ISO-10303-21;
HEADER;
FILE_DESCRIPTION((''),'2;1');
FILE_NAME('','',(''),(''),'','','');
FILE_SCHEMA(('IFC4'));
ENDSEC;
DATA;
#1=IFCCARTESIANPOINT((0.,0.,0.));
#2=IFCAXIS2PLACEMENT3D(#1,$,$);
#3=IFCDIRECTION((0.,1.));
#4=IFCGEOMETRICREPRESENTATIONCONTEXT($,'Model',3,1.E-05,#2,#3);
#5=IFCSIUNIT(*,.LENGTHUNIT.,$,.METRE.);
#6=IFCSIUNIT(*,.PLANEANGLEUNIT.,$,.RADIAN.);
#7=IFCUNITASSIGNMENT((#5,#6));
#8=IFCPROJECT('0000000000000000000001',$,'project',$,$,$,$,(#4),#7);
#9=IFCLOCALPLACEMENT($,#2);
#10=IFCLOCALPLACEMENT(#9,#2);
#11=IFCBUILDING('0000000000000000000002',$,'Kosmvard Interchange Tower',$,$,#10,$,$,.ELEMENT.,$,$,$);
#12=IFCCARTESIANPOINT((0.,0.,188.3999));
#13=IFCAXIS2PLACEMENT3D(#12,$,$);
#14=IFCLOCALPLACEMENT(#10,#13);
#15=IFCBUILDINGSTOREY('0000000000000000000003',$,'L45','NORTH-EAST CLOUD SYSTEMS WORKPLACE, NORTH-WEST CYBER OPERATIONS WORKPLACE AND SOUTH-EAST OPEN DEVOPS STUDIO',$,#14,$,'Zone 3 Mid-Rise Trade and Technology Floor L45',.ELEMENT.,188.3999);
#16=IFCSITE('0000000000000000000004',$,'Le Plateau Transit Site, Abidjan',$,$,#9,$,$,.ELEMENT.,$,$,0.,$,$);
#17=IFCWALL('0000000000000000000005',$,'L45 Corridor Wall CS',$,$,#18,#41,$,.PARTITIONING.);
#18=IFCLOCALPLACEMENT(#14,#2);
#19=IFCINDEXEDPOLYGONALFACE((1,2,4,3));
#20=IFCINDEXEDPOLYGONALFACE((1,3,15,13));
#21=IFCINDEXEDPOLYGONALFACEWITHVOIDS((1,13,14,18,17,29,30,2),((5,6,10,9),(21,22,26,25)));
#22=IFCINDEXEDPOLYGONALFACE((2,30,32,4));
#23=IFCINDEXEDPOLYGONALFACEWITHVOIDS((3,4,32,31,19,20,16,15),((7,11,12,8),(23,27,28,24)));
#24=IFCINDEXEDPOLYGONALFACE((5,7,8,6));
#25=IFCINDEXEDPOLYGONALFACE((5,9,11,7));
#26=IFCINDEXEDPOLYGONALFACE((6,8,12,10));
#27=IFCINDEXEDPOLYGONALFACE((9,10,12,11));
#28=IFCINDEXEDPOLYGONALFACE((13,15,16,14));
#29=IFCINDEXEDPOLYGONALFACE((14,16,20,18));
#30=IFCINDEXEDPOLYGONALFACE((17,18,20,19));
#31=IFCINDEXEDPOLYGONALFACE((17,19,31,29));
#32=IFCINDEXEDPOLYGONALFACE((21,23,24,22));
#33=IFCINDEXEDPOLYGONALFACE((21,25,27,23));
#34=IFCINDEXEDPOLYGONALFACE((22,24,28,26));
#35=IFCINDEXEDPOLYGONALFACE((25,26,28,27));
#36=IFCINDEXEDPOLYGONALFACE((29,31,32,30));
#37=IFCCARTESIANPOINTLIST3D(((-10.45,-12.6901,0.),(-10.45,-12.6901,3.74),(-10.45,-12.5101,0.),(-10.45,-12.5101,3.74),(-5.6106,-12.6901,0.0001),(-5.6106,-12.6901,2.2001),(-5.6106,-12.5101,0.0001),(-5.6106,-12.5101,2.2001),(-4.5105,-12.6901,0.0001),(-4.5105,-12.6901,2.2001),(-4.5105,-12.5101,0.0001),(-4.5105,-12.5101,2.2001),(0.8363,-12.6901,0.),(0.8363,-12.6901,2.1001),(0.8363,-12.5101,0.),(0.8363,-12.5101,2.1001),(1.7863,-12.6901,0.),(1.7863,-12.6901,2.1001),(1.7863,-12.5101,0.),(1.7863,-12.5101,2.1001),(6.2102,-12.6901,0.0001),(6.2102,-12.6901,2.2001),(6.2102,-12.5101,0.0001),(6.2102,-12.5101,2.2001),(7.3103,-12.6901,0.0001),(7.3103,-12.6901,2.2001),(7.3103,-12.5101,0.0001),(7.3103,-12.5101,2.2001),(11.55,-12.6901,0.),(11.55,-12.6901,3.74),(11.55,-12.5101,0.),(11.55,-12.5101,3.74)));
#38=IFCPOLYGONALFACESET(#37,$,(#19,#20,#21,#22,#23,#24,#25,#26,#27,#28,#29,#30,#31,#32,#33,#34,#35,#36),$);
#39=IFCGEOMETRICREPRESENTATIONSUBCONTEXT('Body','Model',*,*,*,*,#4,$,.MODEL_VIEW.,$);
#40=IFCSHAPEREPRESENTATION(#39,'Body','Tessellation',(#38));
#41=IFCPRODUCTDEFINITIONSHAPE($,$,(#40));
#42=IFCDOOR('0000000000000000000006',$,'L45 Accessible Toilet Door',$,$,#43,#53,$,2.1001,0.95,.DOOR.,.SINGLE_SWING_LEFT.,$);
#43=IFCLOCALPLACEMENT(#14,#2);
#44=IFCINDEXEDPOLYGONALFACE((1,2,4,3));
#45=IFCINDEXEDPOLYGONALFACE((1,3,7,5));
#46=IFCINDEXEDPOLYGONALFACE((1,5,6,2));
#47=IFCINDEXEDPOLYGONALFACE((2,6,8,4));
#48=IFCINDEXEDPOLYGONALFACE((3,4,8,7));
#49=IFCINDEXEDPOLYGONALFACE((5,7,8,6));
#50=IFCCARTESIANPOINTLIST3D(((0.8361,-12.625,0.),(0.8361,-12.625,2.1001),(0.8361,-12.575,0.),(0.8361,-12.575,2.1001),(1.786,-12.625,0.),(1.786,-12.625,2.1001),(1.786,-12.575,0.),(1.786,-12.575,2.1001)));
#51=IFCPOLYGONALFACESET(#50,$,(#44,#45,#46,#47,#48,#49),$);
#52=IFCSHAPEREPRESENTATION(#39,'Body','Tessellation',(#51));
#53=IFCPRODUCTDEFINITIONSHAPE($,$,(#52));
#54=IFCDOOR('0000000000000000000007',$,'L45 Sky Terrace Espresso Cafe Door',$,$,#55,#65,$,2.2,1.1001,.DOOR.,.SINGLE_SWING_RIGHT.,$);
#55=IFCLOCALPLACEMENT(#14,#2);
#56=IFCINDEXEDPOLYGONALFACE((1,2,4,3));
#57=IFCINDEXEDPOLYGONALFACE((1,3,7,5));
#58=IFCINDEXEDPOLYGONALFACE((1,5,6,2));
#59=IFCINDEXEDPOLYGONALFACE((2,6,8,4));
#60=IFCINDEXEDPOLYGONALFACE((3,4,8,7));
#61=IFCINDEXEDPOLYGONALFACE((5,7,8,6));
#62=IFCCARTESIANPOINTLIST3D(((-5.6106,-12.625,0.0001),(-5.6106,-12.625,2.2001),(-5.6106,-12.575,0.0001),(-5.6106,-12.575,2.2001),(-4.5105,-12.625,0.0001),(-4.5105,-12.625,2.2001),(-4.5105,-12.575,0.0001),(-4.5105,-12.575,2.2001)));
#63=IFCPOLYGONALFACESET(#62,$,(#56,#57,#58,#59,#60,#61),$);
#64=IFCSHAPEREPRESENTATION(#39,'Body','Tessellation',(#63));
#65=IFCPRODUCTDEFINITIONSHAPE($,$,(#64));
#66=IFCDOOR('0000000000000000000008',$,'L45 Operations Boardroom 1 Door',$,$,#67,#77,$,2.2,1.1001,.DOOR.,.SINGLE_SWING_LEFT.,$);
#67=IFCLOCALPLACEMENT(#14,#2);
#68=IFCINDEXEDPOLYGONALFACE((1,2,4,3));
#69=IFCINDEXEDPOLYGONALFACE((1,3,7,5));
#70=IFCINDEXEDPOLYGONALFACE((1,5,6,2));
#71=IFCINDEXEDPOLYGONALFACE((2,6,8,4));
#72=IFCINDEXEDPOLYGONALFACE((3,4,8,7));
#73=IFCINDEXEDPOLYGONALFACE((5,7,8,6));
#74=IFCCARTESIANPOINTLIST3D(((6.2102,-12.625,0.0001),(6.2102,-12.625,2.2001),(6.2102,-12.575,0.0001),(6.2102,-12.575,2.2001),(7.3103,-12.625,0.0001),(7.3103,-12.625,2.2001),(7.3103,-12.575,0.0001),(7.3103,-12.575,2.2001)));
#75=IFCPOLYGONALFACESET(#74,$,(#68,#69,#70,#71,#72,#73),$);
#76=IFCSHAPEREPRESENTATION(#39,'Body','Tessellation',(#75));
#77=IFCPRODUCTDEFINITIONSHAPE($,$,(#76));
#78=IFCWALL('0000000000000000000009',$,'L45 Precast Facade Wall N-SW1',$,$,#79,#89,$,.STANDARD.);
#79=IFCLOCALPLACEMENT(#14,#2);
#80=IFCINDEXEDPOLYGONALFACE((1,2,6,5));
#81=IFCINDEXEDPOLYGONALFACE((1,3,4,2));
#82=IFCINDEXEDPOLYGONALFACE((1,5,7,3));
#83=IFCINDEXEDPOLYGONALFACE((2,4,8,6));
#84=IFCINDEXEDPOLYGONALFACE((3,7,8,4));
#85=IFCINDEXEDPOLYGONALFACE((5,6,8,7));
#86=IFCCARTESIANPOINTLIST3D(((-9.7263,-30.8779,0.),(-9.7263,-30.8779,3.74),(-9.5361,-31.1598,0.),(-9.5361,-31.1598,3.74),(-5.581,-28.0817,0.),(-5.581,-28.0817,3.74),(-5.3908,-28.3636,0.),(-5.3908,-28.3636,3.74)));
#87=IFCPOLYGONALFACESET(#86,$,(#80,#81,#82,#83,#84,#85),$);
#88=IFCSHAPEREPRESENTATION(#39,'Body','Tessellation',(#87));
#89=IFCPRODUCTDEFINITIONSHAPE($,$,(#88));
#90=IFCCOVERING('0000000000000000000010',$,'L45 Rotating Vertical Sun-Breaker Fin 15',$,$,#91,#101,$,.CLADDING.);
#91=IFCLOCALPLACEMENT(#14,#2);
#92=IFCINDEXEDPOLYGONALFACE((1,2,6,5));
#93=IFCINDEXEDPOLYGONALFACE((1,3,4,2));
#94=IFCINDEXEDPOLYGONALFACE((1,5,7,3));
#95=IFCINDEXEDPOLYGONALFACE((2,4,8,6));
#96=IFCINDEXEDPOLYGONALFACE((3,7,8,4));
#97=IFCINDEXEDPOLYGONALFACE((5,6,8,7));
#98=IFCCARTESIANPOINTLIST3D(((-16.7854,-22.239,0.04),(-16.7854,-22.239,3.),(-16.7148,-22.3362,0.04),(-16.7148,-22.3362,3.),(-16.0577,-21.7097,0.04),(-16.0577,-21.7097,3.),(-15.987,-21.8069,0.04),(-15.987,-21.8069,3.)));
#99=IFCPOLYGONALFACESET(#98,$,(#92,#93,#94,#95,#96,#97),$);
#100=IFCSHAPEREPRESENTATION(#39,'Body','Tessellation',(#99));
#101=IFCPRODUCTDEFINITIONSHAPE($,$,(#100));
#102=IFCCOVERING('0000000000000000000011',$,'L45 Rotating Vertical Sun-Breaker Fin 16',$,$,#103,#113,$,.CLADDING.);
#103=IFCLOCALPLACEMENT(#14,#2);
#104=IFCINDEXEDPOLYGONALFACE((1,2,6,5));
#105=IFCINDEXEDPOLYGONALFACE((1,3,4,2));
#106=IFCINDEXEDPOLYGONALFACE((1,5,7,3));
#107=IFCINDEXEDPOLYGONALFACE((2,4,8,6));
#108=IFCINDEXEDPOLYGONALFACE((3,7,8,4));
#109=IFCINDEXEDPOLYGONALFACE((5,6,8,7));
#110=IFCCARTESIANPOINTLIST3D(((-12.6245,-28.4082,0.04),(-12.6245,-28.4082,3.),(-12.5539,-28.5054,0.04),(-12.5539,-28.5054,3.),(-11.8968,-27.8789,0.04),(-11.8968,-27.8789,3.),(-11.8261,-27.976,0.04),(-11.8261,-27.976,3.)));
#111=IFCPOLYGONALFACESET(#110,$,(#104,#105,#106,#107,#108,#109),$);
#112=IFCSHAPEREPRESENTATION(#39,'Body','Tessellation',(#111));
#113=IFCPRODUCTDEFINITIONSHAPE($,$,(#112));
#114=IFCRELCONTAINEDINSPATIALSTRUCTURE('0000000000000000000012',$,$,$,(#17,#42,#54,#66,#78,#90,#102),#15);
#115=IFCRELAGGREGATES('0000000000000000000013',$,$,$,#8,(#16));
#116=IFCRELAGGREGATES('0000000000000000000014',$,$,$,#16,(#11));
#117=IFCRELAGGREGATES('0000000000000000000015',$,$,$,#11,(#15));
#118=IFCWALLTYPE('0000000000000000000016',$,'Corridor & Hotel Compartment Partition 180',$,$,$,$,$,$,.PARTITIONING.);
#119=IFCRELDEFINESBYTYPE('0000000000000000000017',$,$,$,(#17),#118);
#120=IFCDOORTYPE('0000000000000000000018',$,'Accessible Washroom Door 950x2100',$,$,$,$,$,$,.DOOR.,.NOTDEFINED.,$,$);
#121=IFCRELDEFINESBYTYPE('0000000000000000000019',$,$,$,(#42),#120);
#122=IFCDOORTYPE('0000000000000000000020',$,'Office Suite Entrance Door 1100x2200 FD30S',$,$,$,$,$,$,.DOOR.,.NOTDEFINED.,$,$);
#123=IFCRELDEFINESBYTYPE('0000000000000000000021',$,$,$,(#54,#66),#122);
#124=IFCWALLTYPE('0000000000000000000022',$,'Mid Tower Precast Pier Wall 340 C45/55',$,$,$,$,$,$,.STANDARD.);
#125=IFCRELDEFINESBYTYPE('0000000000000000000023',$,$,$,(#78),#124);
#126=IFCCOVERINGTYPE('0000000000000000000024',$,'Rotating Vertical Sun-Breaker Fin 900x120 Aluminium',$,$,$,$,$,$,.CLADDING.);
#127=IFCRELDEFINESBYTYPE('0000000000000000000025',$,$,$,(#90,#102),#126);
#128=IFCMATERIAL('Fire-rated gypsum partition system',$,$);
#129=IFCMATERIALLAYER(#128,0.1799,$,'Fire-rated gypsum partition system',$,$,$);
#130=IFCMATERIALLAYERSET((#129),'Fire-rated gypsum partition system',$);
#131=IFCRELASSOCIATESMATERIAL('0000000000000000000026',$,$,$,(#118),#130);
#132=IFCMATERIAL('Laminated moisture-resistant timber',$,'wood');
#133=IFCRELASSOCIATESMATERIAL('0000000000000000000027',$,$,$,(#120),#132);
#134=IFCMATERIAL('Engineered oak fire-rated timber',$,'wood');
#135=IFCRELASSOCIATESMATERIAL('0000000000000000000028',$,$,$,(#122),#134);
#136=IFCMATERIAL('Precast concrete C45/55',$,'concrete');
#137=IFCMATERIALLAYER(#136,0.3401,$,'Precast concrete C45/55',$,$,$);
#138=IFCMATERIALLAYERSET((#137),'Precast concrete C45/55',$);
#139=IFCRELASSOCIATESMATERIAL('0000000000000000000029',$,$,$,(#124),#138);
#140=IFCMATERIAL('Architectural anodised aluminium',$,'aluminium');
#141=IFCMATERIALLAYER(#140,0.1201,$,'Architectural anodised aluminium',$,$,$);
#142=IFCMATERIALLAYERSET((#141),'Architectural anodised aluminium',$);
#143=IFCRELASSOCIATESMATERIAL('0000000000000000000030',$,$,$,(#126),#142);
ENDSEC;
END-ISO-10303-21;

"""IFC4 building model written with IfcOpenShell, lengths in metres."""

from ifc_helpers import new_model, si_unit, direction, frame, frame_2d, origin, origin_2d, place, context, subcontext, project, spatial, rectangle, extrude, source, transform, mapped, material, layer, layer_set, type_object, element, fill, save


model = new_model("IFC4")

# Units and contexts
model_context = context("Model", 3, precision=1e-05, world=origin(), true_north=direction((0.0, 1.0)))
body_context = subcontext(model_context, "Body", "Model", "MODEL_VIEW")
ifc_project = project(units=[si_unit("LENGTHUNIT", "METRE"), si_unit("PLANEANGLEUNIT", "RADIAN")], contexts=[model_context])

# Site, building, storey
site_placement = place(None, origin())
site = spatial("IfcSite", under=ifc_project, at=site_placement, Name="Le Plateau Transit Site, Abidjan", CompositionType="ELEMENT", RefElevation=0.0)
building_placement = place(site_placement, origin())
building = spatial("IfcBuilding", under=site, at=building_placement, Name="Kosmvard Interchange Tower", CompositionType="ELEMENT")
storey_placement = place(building_placement, frame((0.0, 0.0, 188.3999)))
storey = spatial("IfcBuildingStorey", under=building, at=storey_placement, Name="L45", Description="NORTH-EAST CLOUD SYSTEMS WORKPLACE, NORTH-WEST CYBER OPERATIONS WORKPLACE AND SOUTH-EAST OPEN DEVOPS STUDIO", LongName="Zone 3 Mid-Rise Trade and Technology Floor L45", CompositionType="ELEMENT", Elevation=188.3999)

# Wall, openings, doors
ifc_material_1 = material(Name="Fire-rated gypsum partition system")
ifc_layer_1 = layer(ifc_material_1, 0.1799, Name="Fire-rated gypsum partition system")
ifc_layer_set_1 = layer_set([ifc_layer_1], Name="Fire-rated gypsum partition system")
wall_type_1 = type_object("IfcWallType", Name="Corridor & Hotel Compartment Partition 180", PredefinedType="PARTITIONING", material=ifc_layer_set_1)
wall_1_placement = place(storey_placement, frame((-10.45, -12.6001, 0.0), z_axis=(0.0, 0.0, 1.0), x_axis=(1.0, 0.0, 0.0)))
wall_1 = element("IfcWall", 1, at=wall_1_placement, inside=storey, type_object=wall_type_1, Name="L45 Corridor Wall CS", PredefinedType="PARTITIONING", context=body_context, shape_type="SweptSolid", body=[
    extrude(rectangle(XDim=22.0, YDim=0.1799, at=frame_2d((11.0, 0.0))), origin(), (0.0, 0.0, 1.0), 3.74),
])
opening_1_placement = place(wall_1_placement, frame((11.2861, 0.0, 0.0)))
opening_1 = element("IfcOpeningElement", 2, at=opening_1_placement, cuts=wall_1, PredefinedType="OPENING", context=body_context, shape_type="SweptSolid", body=[
    extrude(rectangle(XDim=0.95, YDim=2.1001, at=frame_2d((0.4751, 1.05))), frame((0.0, 0.1001, 0.0), z_axis=(0.0, -1.0, 0.0), x_axis=(1.0, 0.0, 0.0)), (0.0, 0.0, 1.0), 0.2),
])
opening_2_placement = place(wall_1_placement, frame((4.8394, 0.0, 0.0)))
opening_2 = element("IfcOpeningElement", 3, at=opening_2_placement, cuts=wall_1, PredefinedType="OPENING", context=body_context, shape_type="SweptSolid", body=[
    extrude(rectangle(XDim=1.1001, YDim=2.2, at=frame_2d((0.55, 1.1001))), frame((0.0, 0.1001, 0.0), z_axis=(0.0, -1.0, 0.0), x_axis=(1.0, 0.0, 0.0)), (0.0, 0.0, 1.0), 0.2),
])
opening_3_placement = place(wall_1_placement, frame((16.6602, 0.0, 0.0)))
opening_3 = element("IfcOpeningElement", 4, at=opening_3_placement, cuts=wall_1, PredefinedType="OPENING", context=body_context, shape_type="SweptSolid", body=[
    extrude(rectangle(XDim=1.1001, YDim=2.2, at=frame_2d((0.55, 1.1001))), frame((0.0, 0.1001, 0.0), z_axis=(0.0, -1.0, 0.0), x_axis=(1.0, 0.0, 0.0)), (0.0, 0.0, 1.0), 0.2),
])
ifc_material_2 = material(Name="Laminated moisture-resistant timber", Category="wood")
door_type_1 = type_object("IfcDoorType", Name="Accessible Washroom Door 950x2100", OperationType="NOTDEFINED", PredefinedType="DOOR", material=ifc_material_2)
shared_shape_1 = source(origin(), body_context, "Body", "SweptSolid", [
    extrude(rectangle(XDim=0.95, YDim=2.1001, at=frame_2d((0.4751, 1.05))), frame((0.0, 0.0249, 0.0), z_axis=(0.0, -1.0, 0.0), x_axis=(1.0, 0.0, 0.0)), (0.0, 0.0, 1.0), 0.05),
])
door_1_placement = place(opening_1_placement, frame((0.95, 0.0, 0.0), z_axis=(0.0, 0.0, 1.0), x_axis=(-1.0, 0.0, 0.0)))
door_1 = element("IfcDoor", 5, at=door_1_placement, inside=storey, type_object=door_type_1, Name="L45 Accessible Toilet Door", OperationType="SINGLE_SWING_LEFT", OverallHeight=2.1001, OverallWidth=0.95, PredefinedType="DOOR", context=body_context, shape_type="MappedRepresentation", body=[
    mapped(shared_shape_1, transform((0.0, 0.0, 0.0), scale=1.0)),
])
fill(opening_1, door_1)
ifc_material_3 = material(Name="Engineered oak fire-rated timber", Category="wood")
door_type_2 = type_object("IfcDoorType", Name="Office Suite Entrance Door 1100x2200 FD30S", OperationType="NOTDEFINED", PredefinedType="DOOR", material=ifc_material_3)
shared_shape_2 = source(origin(), body_context, "Body", "SweptSolid", [
    extrude(rectangle(XDim=1.1001, YDim=2.2, at=frame_2d((0.55, 1.1001))), frame((0.0, 0.0249, 0.0), z_axis=(0.0, -1.0, 0.0), x_axis=(1.0, 0.0, 0.0)), (0.0, 0.0, 1.0), 0.05),
])
door_2_placement = place(opening_2_placement, frame((1.1001, 0.0, 0.0), z_axis=(0.0, 0.0, 1.0), x_axis=(-1.0, 0.0, 0.0)))
door_2 = element("IfcDoor", 6, at=door_2_placement, inside=storey, type_object=door_type_2, Name="L45 Sky Terrace Espresso Cafe Door", OperationType="SINGLE_SWING_RIGHT", OverallHeight=2.2, OverallWidth=1.1001, PredefinedType="DOOR", context=body_context, shape_type="MappedRepresentation", body=[
    mapped(shared_shape_2, transform((0.0, 0.0, 0.0), scale=1.0)),
])
fill(opening_2, door_2)
door_3_placement = place(opening_3_placement, frame((1.1001, 0.0, 0.0), z_axis=(0.0, 0.0, 1.0), x_axis=(-1.0, 0.0, 0.0)))
door_3 = element("IfcDoor", 7, at=door_3_placement, inside=storey, type_object=door_type_2, Name="L45 Operations Boardroom 1 Door", OperationType="SINGLE_SWING_LEFT", OverallHeight=2.2, OverallWidth=1.1001, PredefinedType="DOOR", context=body_context, shape_type="MappedRepresentation", body=[
    mapped(shared_shape_2, transform((0.0, 0.0, 0.0), scale=1.0)),
])
fill(opening_3, door_3)

# Wall
ifc_material_4 = material(Name="Precast concrete C45/55", Category="concrete")
ifc_layer_2 = layer(ifc_material_4, 0.3401, Name="Precast concrete C45/55")
ifc_layer_set_2 = layer_set([ifc_layer_2], Name="Precast concrete C45/55")
wall_type_2 = type_object("IfcWallType", Name="Mid Tower Precast Pier Wall 340 C45/55", PredefinedType="STANDARD", material=ifc_layer_set_2)
wall_2_placement = place(storey_placement, frame((-9.6311, -31.0188, 0.0), z_axis=(0.0, 0.0, 1.0), x_axis=(0.829026, 0.55921, 0.0)))
element("IfcWall", 8, at=wall_2_placement, inside=storey, type_object=wall_type_2, Name="L45 Precast Facade Wall N-SW1", PredefinedType="STANDARD", context=body_context, shape_type="SweptSolid", body=[
    extrude(rectangle(XDim=5.0002, YDim=0.3401, at=frame_2d((2.5, 0.0))), origin(), (0.0, 0.0, 1.0), 3.74),
])

# Coverings
ifc_material_5 = material(Name="Architectural anodised aluminium", Category="aluminium")
ifc_layer_3 = layer(ifc_material_5, 0.1201, Name="Architectural anodised aluminium")
ifc_layer_set_3 = layer_set([ifc_layer_3], Name="Architectural anodised aluminium")
covering_type = type_object("IfcCoveringType", Name="Rotating Vertical Sun-Breaker Fin 900x120 Aluminium", PredefinedType="CLADDING", material=ifc_layer_set_3)
shared_shape_3 = source(origin(), body_context, "Body", "SweptSolid", [
    extrude(rectangle(XDim=0.8999, YDim=0.1201, at=origin_2d()), origin(), (0.0, 0.0, 1.0), 2.96),
])
for number, where, z_axis, x_axis, name in (
    (9, (-16.3862, -22.0229, 0.04), (0.0, 0.0, 1.0), (-0.808709, -0.588209, 0.0), "L45 Rotating Vertical Sun-Breaker Fin 15"),
    (10, (-12.2253, -28.1921, 0.04), (0.0, 0.0, 1.0), (-0.808709, -0.588209, 0.0), "L45 Rotating Vertical Sun-Breaker Fin 16"),
):
    element("IfcCovering", number, at=place(storey_placement, frame(where, z_axis=z_axis, x_axis=x_axis)), inside=storey, type_object=covering_type, Name=name, PredefinedType="CLADDING", context=body_context, shape_type="MappedRepresentation", body=[
        mapped(shared_shape_3, transform((0.0, 0.0, 0.0), scale=1.0)),
    ])

save(model, "model.ifc")
